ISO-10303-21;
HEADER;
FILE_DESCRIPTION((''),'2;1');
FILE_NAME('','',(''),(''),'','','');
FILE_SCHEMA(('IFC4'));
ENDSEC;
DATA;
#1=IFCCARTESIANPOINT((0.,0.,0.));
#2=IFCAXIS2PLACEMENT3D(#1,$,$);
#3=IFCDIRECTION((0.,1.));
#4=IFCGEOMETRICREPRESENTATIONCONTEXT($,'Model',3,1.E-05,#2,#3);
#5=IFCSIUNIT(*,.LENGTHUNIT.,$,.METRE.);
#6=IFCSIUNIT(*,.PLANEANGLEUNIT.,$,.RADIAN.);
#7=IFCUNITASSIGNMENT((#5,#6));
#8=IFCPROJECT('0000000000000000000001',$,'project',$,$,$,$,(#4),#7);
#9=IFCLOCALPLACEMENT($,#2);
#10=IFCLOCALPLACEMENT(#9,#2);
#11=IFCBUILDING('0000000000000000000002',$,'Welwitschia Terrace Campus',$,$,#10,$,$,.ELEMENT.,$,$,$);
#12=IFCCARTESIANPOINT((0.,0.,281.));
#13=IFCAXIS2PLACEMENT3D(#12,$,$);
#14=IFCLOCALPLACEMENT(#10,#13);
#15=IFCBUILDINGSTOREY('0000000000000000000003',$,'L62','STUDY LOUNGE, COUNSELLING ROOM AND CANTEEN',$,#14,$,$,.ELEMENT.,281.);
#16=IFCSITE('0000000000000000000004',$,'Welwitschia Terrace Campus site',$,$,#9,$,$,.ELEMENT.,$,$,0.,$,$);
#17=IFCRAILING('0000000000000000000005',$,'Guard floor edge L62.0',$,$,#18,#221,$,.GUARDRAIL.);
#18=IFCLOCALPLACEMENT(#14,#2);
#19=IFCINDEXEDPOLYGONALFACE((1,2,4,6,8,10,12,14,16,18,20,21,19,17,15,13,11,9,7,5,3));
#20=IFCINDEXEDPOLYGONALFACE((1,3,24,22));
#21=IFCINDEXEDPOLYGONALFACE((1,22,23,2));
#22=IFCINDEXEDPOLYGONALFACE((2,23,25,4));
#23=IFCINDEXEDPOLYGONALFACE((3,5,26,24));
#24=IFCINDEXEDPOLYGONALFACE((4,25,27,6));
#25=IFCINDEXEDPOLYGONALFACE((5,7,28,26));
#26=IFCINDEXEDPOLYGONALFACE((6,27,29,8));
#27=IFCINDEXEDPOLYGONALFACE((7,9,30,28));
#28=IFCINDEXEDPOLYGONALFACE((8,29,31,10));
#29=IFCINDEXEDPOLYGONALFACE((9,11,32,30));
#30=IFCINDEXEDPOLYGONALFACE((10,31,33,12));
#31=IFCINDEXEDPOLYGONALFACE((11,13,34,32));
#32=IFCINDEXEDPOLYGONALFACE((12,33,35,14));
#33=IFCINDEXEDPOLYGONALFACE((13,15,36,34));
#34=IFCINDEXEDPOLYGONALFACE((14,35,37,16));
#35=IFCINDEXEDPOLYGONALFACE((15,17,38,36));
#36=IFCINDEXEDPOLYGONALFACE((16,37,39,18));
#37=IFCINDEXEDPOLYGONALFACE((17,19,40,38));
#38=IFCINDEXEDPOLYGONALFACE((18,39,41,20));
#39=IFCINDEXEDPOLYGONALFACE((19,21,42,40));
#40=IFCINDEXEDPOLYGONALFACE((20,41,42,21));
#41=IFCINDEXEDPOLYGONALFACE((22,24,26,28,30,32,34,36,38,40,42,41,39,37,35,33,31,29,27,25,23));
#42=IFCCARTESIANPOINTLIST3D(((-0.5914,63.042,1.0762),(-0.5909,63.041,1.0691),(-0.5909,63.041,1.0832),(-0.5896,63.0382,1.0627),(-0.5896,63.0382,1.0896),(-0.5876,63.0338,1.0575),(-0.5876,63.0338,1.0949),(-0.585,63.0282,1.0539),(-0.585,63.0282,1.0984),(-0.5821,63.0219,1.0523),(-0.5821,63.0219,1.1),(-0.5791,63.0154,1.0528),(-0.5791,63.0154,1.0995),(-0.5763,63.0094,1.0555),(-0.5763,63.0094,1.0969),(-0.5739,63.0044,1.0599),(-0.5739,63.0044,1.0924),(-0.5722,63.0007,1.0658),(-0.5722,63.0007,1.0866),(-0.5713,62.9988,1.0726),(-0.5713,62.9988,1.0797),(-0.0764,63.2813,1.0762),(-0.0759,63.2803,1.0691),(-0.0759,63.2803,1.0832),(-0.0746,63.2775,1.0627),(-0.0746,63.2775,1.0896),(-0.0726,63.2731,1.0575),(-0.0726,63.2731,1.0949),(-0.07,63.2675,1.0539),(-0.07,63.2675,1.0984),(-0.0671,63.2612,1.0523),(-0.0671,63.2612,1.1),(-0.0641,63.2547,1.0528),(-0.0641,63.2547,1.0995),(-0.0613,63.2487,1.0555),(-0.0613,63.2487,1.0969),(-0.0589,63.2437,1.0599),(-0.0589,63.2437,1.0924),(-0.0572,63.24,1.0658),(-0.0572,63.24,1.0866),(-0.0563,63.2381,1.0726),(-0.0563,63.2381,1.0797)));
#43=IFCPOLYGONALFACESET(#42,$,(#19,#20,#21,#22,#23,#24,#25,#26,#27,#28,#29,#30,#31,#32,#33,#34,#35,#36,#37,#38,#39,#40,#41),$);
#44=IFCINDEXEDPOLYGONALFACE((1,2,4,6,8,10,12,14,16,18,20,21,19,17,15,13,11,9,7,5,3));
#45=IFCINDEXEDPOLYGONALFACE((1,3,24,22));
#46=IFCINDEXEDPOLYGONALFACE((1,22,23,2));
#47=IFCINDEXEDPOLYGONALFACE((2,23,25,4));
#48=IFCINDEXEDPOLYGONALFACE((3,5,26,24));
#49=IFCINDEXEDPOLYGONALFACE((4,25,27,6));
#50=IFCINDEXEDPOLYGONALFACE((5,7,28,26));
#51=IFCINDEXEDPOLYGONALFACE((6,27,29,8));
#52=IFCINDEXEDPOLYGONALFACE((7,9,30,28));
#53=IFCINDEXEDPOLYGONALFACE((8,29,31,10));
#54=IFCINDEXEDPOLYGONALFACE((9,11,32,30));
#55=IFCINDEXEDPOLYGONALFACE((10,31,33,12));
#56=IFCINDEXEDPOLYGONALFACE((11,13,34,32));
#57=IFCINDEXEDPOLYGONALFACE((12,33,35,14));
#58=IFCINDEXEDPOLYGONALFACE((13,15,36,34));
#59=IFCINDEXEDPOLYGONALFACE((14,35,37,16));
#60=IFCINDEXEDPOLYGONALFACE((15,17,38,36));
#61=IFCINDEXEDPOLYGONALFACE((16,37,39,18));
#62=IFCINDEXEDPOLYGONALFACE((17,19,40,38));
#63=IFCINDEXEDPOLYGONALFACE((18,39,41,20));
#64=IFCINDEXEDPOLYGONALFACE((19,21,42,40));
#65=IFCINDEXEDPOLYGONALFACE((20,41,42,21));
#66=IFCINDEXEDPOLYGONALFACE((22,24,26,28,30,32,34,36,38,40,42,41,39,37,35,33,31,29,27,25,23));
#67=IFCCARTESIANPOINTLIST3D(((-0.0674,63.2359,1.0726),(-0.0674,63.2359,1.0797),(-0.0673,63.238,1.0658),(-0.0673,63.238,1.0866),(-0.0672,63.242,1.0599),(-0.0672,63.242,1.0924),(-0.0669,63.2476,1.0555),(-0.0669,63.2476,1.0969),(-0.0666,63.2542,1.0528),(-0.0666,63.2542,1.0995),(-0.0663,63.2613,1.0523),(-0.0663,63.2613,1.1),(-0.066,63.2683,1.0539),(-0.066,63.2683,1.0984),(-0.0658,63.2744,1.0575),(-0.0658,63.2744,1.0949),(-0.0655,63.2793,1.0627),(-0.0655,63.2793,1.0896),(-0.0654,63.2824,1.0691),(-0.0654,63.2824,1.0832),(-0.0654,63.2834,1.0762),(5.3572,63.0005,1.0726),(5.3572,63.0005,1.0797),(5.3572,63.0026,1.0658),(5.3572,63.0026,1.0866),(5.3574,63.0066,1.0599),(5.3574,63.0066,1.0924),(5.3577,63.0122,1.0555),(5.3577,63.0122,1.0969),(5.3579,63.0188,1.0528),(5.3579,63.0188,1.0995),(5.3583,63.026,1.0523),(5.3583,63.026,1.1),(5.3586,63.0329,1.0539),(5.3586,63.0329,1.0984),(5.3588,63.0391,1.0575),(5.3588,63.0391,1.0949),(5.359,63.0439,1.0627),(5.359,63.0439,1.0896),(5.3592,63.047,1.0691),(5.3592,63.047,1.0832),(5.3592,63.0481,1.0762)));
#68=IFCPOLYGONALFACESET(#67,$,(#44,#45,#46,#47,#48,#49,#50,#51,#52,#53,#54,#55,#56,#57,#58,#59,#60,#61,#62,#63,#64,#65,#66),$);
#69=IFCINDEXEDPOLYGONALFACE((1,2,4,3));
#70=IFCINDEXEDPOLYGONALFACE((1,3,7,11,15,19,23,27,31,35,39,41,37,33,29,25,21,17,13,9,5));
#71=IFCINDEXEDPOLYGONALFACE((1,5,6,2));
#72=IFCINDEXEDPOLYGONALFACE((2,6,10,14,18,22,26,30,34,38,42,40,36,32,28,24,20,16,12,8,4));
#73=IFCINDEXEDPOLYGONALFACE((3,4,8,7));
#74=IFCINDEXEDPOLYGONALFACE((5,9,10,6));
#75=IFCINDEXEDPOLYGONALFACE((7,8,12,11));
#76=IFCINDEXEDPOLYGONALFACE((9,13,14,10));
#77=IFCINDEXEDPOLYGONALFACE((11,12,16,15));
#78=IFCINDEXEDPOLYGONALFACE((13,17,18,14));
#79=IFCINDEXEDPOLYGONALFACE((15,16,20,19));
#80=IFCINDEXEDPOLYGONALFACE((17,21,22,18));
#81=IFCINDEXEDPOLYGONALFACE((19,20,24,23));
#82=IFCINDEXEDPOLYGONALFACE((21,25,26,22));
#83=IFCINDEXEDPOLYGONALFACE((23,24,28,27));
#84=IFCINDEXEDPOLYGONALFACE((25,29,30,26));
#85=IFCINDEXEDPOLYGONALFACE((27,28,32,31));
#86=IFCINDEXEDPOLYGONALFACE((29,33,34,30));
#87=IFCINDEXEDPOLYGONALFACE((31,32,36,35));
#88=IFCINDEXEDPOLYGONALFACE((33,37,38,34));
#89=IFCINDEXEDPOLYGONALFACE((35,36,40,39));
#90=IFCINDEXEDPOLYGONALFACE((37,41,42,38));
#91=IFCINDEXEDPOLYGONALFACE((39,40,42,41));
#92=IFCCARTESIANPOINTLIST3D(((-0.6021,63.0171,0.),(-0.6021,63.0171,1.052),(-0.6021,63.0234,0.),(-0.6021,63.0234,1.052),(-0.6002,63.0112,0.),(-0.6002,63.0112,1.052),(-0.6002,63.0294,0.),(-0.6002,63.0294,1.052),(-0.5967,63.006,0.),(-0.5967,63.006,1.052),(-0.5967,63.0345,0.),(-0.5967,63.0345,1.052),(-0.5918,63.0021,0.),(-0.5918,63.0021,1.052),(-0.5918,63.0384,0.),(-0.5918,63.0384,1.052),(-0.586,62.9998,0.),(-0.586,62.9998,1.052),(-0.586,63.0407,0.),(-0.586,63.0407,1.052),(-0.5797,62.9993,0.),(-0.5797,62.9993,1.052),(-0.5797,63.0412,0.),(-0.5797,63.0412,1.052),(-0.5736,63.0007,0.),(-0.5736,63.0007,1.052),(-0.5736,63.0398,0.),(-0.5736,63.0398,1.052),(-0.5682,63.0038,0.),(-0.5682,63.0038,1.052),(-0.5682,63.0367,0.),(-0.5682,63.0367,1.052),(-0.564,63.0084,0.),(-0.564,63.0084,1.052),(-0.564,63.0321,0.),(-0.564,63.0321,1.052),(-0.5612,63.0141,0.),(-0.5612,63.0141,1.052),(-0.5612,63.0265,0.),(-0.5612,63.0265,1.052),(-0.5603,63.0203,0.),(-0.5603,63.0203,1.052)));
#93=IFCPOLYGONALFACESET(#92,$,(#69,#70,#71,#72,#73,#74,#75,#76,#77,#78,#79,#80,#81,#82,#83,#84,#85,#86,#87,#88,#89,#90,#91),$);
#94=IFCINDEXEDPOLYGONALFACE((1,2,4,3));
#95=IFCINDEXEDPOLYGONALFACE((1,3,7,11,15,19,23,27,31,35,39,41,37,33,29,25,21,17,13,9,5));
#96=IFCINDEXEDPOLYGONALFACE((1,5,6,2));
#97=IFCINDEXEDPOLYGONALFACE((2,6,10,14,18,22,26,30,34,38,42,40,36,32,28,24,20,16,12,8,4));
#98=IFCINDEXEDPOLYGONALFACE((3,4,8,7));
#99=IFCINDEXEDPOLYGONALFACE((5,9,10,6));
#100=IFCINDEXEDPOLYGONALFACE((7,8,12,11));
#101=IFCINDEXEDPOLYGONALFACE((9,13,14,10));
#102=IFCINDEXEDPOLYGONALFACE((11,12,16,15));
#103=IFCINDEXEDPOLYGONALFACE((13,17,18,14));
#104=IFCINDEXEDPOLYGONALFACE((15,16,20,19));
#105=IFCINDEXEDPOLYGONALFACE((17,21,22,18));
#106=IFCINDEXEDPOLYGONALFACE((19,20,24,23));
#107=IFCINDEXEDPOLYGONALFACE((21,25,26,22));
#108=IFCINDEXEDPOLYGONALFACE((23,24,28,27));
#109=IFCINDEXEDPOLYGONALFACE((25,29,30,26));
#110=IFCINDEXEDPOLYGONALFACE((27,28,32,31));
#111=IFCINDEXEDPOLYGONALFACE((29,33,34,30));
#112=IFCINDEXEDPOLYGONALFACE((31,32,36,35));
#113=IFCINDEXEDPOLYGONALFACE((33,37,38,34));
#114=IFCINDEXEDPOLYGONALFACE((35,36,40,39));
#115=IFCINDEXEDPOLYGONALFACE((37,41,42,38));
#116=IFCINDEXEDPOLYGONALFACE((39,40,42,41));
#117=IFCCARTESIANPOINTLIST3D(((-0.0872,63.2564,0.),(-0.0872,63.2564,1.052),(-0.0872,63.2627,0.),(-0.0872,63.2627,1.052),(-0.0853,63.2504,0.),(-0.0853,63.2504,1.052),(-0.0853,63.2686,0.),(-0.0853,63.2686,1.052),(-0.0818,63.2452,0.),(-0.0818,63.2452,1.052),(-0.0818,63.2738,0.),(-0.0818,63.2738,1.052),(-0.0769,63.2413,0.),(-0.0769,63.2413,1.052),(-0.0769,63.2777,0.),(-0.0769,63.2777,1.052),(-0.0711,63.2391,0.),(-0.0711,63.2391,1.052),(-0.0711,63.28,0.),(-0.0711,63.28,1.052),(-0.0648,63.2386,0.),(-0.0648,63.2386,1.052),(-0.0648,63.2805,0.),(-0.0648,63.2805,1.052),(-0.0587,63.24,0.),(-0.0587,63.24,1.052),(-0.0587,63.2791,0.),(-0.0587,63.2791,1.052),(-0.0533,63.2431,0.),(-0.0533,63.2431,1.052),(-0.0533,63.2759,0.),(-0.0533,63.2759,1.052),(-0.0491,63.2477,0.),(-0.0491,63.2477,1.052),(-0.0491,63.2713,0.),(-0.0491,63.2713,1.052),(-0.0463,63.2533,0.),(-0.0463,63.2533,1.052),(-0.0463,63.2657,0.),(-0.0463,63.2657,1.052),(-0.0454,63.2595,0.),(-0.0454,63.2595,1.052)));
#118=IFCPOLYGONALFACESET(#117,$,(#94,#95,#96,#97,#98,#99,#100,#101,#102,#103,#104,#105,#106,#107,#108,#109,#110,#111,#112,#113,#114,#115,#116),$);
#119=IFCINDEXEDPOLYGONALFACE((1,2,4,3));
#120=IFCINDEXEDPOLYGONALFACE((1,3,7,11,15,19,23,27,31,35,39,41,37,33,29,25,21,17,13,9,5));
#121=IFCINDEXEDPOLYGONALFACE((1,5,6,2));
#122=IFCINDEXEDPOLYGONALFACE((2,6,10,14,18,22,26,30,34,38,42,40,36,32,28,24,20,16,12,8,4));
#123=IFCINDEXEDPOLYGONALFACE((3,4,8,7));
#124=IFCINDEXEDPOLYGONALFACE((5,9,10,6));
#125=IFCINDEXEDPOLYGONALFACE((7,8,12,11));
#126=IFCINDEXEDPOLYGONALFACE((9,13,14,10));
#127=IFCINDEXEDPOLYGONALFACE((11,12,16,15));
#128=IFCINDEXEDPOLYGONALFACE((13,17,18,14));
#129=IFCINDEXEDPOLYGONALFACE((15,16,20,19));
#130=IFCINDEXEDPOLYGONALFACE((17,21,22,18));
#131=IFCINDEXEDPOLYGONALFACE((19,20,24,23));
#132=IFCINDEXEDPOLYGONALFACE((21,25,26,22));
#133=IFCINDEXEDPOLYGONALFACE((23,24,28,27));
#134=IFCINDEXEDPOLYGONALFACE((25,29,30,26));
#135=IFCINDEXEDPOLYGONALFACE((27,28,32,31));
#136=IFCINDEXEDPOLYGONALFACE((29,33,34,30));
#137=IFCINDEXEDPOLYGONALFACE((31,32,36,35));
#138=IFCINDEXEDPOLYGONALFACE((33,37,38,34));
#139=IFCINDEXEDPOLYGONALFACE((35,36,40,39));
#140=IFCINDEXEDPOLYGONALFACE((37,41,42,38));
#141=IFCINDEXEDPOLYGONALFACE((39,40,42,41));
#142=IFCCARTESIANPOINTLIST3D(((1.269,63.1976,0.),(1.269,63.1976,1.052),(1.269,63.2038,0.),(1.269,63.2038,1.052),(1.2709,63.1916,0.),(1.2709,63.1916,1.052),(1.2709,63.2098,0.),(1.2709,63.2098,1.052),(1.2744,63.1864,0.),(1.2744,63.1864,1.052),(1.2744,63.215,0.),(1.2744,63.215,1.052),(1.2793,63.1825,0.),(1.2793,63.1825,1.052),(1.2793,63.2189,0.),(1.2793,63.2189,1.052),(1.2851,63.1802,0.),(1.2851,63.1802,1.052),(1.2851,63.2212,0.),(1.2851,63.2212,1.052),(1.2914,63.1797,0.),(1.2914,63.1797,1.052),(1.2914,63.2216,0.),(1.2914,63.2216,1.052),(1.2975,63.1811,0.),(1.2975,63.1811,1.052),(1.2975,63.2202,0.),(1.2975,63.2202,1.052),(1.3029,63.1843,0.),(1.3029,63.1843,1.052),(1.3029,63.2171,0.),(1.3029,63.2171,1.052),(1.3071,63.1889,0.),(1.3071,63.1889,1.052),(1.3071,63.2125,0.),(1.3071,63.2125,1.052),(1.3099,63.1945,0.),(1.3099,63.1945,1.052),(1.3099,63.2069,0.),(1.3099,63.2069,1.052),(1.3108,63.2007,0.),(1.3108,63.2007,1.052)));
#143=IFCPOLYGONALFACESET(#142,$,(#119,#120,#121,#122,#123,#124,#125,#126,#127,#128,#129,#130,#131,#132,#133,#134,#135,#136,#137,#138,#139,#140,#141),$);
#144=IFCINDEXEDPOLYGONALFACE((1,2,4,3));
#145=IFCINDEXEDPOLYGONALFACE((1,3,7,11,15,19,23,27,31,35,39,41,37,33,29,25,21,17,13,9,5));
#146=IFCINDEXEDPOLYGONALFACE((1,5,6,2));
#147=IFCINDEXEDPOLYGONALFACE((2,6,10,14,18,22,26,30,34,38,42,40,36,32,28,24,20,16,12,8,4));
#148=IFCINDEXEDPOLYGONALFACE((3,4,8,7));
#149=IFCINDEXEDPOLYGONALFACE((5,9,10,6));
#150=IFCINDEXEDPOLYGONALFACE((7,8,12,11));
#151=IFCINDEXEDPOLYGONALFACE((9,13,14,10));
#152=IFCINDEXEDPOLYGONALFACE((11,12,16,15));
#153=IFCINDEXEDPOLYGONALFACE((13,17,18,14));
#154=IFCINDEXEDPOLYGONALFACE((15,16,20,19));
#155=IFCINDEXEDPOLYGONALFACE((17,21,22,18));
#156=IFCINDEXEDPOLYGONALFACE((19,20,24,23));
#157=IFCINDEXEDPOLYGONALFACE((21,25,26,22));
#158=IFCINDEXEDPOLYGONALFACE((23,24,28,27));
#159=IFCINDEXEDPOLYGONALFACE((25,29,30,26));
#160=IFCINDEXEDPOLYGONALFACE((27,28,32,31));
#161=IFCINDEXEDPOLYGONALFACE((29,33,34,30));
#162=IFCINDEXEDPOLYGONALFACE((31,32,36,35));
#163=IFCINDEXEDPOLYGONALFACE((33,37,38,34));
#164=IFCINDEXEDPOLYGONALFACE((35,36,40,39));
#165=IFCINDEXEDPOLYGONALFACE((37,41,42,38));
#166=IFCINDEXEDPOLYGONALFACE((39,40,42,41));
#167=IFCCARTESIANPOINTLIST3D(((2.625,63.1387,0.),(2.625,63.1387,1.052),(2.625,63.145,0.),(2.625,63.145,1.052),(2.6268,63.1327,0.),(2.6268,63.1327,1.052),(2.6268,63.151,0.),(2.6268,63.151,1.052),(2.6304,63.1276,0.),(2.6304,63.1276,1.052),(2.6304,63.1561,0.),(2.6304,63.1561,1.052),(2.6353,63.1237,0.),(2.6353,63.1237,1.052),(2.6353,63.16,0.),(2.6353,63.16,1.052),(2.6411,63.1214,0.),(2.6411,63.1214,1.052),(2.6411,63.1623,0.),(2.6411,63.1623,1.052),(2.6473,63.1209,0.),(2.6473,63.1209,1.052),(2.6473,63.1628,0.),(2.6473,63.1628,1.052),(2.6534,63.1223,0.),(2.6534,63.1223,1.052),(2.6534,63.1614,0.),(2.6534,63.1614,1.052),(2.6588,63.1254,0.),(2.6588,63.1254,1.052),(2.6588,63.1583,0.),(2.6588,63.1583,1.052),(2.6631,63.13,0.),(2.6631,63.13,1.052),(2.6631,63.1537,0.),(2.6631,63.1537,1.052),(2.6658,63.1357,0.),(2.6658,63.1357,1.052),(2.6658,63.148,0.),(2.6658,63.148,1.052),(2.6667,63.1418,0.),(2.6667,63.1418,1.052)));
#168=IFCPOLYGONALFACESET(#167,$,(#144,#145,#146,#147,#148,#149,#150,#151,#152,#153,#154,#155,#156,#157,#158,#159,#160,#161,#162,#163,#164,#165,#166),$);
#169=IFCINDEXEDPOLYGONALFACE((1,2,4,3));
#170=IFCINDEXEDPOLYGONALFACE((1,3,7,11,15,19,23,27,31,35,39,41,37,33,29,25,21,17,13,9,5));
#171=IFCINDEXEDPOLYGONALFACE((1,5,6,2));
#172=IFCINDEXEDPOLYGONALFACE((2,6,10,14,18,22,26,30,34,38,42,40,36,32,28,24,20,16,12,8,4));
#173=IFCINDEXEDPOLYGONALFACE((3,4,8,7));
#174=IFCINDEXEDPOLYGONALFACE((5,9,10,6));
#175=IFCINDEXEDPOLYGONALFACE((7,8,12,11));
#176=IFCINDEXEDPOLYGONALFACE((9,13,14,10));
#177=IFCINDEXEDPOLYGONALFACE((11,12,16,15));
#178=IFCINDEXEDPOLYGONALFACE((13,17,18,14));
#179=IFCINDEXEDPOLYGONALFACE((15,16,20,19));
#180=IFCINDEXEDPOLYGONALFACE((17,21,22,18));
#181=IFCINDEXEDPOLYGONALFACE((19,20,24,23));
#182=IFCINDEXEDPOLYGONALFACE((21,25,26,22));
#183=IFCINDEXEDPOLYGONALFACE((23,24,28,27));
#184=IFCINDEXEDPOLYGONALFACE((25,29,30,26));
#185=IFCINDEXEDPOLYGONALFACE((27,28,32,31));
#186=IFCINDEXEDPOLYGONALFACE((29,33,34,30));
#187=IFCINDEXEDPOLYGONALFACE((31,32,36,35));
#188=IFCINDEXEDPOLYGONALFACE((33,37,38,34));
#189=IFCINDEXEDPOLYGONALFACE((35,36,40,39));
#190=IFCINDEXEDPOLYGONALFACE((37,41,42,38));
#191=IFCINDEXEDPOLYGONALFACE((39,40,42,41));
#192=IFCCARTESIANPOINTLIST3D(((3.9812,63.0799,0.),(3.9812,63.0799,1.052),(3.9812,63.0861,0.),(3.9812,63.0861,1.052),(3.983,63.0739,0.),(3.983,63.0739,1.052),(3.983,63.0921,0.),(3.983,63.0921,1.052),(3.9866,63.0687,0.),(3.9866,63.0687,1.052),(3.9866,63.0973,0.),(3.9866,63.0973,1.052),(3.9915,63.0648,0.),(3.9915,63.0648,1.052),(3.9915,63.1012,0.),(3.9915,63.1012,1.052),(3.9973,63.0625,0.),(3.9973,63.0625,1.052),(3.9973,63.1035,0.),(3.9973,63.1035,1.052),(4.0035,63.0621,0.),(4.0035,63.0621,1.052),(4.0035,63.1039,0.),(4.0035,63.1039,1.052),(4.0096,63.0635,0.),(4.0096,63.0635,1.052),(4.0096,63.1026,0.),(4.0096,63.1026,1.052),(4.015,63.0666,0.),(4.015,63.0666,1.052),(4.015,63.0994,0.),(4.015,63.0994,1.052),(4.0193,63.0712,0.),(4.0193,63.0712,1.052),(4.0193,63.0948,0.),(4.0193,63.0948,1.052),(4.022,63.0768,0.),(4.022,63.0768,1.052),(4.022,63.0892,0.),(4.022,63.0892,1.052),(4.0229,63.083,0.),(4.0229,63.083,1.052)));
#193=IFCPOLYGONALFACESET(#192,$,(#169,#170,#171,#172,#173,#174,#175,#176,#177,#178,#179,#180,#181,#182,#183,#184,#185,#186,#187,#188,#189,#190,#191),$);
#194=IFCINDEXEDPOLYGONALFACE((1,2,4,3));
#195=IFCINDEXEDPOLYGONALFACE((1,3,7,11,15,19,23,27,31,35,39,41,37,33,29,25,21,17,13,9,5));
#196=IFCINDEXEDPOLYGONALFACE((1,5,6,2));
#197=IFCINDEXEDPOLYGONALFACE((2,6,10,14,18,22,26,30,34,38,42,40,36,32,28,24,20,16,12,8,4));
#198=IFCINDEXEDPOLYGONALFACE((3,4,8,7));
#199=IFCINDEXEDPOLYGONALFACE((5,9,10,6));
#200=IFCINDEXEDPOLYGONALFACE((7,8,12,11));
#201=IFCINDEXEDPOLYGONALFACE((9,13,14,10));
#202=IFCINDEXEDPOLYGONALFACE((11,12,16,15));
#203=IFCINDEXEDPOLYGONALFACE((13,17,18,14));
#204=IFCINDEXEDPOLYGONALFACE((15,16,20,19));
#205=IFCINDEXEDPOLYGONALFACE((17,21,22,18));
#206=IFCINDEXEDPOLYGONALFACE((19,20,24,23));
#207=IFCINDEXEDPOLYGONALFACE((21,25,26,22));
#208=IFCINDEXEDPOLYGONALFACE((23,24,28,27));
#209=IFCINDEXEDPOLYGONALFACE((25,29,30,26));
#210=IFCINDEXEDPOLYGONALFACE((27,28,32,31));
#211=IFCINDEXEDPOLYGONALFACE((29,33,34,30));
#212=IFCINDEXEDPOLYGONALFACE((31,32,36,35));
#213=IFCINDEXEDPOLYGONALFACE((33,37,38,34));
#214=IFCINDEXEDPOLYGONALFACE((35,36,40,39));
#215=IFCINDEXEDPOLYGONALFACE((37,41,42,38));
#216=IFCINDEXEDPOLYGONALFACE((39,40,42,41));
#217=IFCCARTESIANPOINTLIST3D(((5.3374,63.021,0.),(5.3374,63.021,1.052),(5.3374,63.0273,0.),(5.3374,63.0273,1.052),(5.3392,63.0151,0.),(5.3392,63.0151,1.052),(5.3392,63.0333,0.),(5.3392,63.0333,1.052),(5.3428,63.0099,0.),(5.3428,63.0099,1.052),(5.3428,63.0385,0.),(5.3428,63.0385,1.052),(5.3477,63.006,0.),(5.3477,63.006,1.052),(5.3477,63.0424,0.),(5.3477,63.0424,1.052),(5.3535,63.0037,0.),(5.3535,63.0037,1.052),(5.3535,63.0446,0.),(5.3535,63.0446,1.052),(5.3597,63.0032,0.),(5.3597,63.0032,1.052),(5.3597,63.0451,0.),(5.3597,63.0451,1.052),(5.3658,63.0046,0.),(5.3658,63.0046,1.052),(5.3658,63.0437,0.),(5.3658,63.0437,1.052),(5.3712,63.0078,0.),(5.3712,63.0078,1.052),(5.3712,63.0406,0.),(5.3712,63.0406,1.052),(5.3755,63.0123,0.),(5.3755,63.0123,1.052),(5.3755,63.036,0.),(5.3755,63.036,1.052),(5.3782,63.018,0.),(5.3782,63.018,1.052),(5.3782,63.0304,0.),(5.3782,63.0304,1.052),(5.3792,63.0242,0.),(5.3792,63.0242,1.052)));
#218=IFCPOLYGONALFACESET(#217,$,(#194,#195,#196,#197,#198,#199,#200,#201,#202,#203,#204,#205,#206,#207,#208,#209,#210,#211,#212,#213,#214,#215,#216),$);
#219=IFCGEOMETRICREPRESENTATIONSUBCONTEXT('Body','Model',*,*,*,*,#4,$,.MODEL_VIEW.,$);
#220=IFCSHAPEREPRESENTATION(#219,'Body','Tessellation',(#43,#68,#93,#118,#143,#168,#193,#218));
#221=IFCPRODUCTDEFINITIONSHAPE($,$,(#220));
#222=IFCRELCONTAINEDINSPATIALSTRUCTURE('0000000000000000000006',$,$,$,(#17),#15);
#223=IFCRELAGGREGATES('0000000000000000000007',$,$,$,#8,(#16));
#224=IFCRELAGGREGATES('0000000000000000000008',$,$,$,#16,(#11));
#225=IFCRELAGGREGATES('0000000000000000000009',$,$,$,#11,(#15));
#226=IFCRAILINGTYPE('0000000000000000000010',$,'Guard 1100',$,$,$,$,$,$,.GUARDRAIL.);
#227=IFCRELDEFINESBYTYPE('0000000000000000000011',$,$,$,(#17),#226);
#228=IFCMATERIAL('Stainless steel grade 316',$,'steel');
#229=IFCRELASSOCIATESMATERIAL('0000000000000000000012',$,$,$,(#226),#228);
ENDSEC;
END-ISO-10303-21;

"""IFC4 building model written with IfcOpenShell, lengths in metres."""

from ifc_helpers import new_model, si_unit, direction, frame, origin, origin_2d, place, context, subcontext, project, spatial, circle, extrude, material, type_object, element, save


model = new_model("IFC4")

# Units and contexts
model_context = context("Model", 3, precision=1e-05, world=origin(), true_north=direction((0.0, 1.0)))
body_context = subcontext(model_context, "Body", "Model", "MODEL_VIEW")
ifc_project = project(units=[si_unit("LENGTHUNIT", "METRE"), si_unit("PLANEANGLEUNIT", "RADIAN")], contexts=[model_context])

# Site, building, storey
site_placement = place(None, origin())
site = spatial("IfcSite", under=ifc_project, at=site_placement, Name="Welwitschia Terrace Campus site", CompositionType="ELEMENT", RefElevation=0.0)
building_placement = place(site_placement, origin())
building = spatial("IfcBuilding", under=site, at=building_placement, Name="Welwitschia Terrace Campus", CompositionType="ELEMENT")
storey_placement = place(building_placement, frame((0.0, 0.0, 281.0)))
storey = spatial("IfcBuildingStorey", under=building, at=storey_placement, Name="L62", Description="STUDY LOUNGE, COUNSELLING ROOM AND CANTEEN", CompositionType="ELEMENT", Elevation=281.0)

# Railing
ifc_material_1 = material(Name="Stainless steel grade 316", Category="steel")
railing_type = type_object("IfcRailingType", Name="Guard 1100", PredefinedType="GUARDRAIL", material=ifc_material_1)
railing_1_placement = place(storey_placement, frame((-0.5813, 63.0203, 0.0)))
element("IfcRailing", 1, at=railing_1_placement, inside=storey, type_object=railing_type, Name="Guard floor edge L62.0", PredefinedType="GUARDRAIL", context=body_context, shape_type="SweptSolid", body=[
    extrude(circle(Radius=0.0239, at=origin_2d()), frame((0.0, 0.0, 1.0762), z_axis=(0.906874, 0.421402, 0.0), x_axis=(-0.421402, 0.906874, 0.0)), (0.0, 0.0, 1.0), 0.5679),
    extrude(circle(Radius=0.0239, at=origin_2d()), frame((0.5149, 0.2393, 1.0762), z_axis=(0.99906, -0.043346, 0.0), x_axis=(0.043346, 0.99906, 0.0)), (0.0, 0.0, 1.0), 5.4297),
    extrude(circle(Radius=0.021, at=origin_2d()), origin(), (0.0, 0.0, 1.0), 1.052),
    extrude(circle(Radius=0.021, at=origin_2d()), frame((0.5149, 0.2393, 0.0)), (0.0, 0.0, 1.0), 1.052),
    extrude(circle(Radius=0.021, at=origin_2d()), frame((1.8711, 0.1804, 0.0)), (0.0, 0.0, 1.0), 1.052),
    extrude(circle(Radius=0.021, at=origin_2d()), frame((3.2271, 0.1216, 0.0)), (0.0, 0.0, 1.0), 1.052),
    extrude(circle(Radius=0.021, at=origin_2d()), frame((4.5833, 0.0627, 0.0)), (0.0, 0.0, 1.0), 1.052),
    extrude(circle(Radius=0.021, at=origin_2d()), frame((5.9395, 0.0039, 0.0)), (0.0, 0.0, 1.0), 1.052),
])

save(model, "model.ifc")
